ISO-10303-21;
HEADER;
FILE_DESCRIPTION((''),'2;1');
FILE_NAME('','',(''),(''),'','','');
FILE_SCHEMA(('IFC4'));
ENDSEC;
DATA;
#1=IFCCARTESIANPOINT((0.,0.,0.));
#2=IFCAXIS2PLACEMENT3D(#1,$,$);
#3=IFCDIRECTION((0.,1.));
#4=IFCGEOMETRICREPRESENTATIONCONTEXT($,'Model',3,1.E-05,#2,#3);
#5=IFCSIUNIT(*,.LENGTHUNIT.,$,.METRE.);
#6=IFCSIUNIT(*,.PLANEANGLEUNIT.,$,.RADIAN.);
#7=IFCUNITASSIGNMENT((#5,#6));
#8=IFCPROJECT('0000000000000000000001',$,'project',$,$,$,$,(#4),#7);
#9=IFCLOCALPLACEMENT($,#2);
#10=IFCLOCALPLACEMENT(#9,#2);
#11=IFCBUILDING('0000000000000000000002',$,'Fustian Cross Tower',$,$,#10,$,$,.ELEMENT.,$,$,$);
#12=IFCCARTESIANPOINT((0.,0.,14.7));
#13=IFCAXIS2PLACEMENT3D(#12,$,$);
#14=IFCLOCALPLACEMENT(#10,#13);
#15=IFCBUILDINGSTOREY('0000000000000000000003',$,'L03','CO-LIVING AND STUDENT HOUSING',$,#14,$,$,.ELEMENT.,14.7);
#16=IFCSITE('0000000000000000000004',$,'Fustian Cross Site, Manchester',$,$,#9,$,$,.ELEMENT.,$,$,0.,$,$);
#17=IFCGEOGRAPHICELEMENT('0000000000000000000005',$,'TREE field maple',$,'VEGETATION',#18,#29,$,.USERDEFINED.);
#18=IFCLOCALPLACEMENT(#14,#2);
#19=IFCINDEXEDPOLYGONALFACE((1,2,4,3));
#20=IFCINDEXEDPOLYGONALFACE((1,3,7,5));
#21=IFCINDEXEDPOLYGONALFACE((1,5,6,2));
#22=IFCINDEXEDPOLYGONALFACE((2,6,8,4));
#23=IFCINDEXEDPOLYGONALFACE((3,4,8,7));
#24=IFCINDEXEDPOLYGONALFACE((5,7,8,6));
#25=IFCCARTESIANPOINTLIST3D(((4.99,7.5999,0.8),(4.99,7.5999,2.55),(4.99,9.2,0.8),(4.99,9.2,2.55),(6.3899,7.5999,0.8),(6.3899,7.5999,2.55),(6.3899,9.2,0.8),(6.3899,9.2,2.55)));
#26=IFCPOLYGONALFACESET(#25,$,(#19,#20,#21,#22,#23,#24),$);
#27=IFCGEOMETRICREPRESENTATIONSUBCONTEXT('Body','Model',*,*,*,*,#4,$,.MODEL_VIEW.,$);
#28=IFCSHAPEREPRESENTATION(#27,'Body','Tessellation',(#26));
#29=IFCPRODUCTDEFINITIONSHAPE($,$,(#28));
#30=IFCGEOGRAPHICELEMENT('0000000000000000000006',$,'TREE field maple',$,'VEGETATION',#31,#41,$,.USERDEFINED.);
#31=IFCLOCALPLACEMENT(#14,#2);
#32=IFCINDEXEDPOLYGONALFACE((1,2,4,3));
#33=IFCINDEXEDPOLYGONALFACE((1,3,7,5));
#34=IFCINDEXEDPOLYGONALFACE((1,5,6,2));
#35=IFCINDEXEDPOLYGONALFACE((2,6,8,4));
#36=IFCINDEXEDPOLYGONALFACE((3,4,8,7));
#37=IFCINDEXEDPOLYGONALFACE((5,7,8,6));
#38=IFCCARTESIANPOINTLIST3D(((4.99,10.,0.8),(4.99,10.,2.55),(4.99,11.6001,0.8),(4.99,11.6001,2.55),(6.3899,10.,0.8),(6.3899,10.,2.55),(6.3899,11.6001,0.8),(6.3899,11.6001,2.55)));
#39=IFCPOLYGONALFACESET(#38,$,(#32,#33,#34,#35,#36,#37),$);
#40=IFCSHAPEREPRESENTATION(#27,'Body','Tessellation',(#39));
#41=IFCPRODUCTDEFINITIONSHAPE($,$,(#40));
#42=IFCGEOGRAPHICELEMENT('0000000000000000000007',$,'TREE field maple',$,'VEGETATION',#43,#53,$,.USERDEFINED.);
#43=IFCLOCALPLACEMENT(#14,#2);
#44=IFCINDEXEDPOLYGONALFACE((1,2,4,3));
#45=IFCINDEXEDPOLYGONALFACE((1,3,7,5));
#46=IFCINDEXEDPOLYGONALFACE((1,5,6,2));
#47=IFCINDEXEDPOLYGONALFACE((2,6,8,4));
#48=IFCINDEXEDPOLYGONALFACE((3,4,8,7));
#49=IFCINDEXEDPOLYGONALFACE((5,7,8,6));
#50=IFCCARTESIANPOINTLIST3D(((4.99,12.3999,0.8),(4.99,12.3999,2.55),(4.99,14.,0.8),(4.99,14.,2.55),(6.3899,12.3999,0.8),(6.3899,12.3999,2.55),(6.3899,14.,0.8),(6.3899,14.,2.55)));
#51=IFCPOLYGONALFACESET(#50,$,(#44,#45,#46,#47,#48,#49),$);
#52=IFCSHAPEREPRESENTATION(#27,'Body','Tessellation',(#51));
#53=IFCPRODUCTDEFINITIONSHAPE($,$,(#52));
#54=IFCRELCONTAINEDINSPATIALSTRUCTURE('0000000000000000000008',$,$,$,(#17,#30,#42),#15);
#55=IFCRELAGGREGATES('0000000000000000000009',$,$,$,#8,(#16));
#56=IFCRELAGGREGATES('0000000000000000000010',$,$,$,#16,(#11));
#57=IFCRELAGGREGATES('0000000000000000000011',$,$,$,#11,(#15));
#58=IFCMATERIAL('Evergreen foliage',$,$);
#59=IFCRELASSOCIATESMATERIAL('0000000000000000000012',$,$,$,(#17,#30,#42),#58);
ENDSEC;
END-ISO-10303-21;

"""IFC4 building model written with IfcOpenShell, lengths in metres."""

from ifc_helpers import new_model, si_unit, direction, frame, origin, origin_2d, place, context, subcontext, project, spatial, rectangle, extrude, material, element, save


model = new_model("IFC4")

# Units and contexts
model_context = context("Model", 3, precision=1e-05, world=origin(), true_north=direction((0.0, 1.0)))
body_context = subcontext(model_context, "Body", "Model", "MODEL_VIEW")
ifc_project = project(units=[si_unit("LENGTHUNIT", "METRE"), si_unit("PLANEANGLEUNIT", "RADIAN")], contexts=[model_context])

# Site, building, storey
site_placement = place(None, origin())
site = spatial("IfcSite", under=ifc_project, at=site_placement, Name="Fustian Cross Site, Manchester", CompositionType="ELEMENT", RefElevation=0.0)
building_placement = place(site_placement, origin())
building = spatial("IfcBuilding", under=site, at=building_placement, Name="Fustian Cross Tower", CompositionType="ELEMENT")
storey_placement = place(building_placement, frame((0.0, 0.0, 14.7)))
storey = spatial("IfcBuildingStorey", under=building, at=storey_placement, Name="L03", Description="CO-LIVING AND STUDENT HOUSING", CompositionType="ELEMENT", Elevation=14.7)

# Geographic elements
ifc_material_1 = material(Name="Evergreen foliage")
for number, where, z_axis, x_axis, name in (
    (1, (5.6899, 8.3999, 0.8), (0.0, 0.0, 1.0), (1.0, 0.0, 0.0), "TREE field maple"),
    (2, (5.6899, 10.8, 0.8), (0.0, 0.0, 1.0), (1.0, 0.0, 0.0), "TREE field maple"),
    (3, (5.6899, 13.2, 0.8), (0.0, 0.0, 1.0), (1.0, 0.0, 0.0), "TREE field maple"),
):
    element("IfcGeographicElement", number, at=place(storey_placement, frame(where, z_axis=z_axis, x_axis=x_axis)), inside=storey, material=ifc_material_1, Name=name, ObjectType="VEGETATION", PredefinedType="USERDEFINED", context=body_context, shape_type="SweptSolid", body=[
        extrude(rectangle(XDim=1.3999, YDim=1.6001, at=origin_2d()), origin(), (0.0, 0.0, 1.0), 1.75),
    ])

save(model, "model.ifc")
